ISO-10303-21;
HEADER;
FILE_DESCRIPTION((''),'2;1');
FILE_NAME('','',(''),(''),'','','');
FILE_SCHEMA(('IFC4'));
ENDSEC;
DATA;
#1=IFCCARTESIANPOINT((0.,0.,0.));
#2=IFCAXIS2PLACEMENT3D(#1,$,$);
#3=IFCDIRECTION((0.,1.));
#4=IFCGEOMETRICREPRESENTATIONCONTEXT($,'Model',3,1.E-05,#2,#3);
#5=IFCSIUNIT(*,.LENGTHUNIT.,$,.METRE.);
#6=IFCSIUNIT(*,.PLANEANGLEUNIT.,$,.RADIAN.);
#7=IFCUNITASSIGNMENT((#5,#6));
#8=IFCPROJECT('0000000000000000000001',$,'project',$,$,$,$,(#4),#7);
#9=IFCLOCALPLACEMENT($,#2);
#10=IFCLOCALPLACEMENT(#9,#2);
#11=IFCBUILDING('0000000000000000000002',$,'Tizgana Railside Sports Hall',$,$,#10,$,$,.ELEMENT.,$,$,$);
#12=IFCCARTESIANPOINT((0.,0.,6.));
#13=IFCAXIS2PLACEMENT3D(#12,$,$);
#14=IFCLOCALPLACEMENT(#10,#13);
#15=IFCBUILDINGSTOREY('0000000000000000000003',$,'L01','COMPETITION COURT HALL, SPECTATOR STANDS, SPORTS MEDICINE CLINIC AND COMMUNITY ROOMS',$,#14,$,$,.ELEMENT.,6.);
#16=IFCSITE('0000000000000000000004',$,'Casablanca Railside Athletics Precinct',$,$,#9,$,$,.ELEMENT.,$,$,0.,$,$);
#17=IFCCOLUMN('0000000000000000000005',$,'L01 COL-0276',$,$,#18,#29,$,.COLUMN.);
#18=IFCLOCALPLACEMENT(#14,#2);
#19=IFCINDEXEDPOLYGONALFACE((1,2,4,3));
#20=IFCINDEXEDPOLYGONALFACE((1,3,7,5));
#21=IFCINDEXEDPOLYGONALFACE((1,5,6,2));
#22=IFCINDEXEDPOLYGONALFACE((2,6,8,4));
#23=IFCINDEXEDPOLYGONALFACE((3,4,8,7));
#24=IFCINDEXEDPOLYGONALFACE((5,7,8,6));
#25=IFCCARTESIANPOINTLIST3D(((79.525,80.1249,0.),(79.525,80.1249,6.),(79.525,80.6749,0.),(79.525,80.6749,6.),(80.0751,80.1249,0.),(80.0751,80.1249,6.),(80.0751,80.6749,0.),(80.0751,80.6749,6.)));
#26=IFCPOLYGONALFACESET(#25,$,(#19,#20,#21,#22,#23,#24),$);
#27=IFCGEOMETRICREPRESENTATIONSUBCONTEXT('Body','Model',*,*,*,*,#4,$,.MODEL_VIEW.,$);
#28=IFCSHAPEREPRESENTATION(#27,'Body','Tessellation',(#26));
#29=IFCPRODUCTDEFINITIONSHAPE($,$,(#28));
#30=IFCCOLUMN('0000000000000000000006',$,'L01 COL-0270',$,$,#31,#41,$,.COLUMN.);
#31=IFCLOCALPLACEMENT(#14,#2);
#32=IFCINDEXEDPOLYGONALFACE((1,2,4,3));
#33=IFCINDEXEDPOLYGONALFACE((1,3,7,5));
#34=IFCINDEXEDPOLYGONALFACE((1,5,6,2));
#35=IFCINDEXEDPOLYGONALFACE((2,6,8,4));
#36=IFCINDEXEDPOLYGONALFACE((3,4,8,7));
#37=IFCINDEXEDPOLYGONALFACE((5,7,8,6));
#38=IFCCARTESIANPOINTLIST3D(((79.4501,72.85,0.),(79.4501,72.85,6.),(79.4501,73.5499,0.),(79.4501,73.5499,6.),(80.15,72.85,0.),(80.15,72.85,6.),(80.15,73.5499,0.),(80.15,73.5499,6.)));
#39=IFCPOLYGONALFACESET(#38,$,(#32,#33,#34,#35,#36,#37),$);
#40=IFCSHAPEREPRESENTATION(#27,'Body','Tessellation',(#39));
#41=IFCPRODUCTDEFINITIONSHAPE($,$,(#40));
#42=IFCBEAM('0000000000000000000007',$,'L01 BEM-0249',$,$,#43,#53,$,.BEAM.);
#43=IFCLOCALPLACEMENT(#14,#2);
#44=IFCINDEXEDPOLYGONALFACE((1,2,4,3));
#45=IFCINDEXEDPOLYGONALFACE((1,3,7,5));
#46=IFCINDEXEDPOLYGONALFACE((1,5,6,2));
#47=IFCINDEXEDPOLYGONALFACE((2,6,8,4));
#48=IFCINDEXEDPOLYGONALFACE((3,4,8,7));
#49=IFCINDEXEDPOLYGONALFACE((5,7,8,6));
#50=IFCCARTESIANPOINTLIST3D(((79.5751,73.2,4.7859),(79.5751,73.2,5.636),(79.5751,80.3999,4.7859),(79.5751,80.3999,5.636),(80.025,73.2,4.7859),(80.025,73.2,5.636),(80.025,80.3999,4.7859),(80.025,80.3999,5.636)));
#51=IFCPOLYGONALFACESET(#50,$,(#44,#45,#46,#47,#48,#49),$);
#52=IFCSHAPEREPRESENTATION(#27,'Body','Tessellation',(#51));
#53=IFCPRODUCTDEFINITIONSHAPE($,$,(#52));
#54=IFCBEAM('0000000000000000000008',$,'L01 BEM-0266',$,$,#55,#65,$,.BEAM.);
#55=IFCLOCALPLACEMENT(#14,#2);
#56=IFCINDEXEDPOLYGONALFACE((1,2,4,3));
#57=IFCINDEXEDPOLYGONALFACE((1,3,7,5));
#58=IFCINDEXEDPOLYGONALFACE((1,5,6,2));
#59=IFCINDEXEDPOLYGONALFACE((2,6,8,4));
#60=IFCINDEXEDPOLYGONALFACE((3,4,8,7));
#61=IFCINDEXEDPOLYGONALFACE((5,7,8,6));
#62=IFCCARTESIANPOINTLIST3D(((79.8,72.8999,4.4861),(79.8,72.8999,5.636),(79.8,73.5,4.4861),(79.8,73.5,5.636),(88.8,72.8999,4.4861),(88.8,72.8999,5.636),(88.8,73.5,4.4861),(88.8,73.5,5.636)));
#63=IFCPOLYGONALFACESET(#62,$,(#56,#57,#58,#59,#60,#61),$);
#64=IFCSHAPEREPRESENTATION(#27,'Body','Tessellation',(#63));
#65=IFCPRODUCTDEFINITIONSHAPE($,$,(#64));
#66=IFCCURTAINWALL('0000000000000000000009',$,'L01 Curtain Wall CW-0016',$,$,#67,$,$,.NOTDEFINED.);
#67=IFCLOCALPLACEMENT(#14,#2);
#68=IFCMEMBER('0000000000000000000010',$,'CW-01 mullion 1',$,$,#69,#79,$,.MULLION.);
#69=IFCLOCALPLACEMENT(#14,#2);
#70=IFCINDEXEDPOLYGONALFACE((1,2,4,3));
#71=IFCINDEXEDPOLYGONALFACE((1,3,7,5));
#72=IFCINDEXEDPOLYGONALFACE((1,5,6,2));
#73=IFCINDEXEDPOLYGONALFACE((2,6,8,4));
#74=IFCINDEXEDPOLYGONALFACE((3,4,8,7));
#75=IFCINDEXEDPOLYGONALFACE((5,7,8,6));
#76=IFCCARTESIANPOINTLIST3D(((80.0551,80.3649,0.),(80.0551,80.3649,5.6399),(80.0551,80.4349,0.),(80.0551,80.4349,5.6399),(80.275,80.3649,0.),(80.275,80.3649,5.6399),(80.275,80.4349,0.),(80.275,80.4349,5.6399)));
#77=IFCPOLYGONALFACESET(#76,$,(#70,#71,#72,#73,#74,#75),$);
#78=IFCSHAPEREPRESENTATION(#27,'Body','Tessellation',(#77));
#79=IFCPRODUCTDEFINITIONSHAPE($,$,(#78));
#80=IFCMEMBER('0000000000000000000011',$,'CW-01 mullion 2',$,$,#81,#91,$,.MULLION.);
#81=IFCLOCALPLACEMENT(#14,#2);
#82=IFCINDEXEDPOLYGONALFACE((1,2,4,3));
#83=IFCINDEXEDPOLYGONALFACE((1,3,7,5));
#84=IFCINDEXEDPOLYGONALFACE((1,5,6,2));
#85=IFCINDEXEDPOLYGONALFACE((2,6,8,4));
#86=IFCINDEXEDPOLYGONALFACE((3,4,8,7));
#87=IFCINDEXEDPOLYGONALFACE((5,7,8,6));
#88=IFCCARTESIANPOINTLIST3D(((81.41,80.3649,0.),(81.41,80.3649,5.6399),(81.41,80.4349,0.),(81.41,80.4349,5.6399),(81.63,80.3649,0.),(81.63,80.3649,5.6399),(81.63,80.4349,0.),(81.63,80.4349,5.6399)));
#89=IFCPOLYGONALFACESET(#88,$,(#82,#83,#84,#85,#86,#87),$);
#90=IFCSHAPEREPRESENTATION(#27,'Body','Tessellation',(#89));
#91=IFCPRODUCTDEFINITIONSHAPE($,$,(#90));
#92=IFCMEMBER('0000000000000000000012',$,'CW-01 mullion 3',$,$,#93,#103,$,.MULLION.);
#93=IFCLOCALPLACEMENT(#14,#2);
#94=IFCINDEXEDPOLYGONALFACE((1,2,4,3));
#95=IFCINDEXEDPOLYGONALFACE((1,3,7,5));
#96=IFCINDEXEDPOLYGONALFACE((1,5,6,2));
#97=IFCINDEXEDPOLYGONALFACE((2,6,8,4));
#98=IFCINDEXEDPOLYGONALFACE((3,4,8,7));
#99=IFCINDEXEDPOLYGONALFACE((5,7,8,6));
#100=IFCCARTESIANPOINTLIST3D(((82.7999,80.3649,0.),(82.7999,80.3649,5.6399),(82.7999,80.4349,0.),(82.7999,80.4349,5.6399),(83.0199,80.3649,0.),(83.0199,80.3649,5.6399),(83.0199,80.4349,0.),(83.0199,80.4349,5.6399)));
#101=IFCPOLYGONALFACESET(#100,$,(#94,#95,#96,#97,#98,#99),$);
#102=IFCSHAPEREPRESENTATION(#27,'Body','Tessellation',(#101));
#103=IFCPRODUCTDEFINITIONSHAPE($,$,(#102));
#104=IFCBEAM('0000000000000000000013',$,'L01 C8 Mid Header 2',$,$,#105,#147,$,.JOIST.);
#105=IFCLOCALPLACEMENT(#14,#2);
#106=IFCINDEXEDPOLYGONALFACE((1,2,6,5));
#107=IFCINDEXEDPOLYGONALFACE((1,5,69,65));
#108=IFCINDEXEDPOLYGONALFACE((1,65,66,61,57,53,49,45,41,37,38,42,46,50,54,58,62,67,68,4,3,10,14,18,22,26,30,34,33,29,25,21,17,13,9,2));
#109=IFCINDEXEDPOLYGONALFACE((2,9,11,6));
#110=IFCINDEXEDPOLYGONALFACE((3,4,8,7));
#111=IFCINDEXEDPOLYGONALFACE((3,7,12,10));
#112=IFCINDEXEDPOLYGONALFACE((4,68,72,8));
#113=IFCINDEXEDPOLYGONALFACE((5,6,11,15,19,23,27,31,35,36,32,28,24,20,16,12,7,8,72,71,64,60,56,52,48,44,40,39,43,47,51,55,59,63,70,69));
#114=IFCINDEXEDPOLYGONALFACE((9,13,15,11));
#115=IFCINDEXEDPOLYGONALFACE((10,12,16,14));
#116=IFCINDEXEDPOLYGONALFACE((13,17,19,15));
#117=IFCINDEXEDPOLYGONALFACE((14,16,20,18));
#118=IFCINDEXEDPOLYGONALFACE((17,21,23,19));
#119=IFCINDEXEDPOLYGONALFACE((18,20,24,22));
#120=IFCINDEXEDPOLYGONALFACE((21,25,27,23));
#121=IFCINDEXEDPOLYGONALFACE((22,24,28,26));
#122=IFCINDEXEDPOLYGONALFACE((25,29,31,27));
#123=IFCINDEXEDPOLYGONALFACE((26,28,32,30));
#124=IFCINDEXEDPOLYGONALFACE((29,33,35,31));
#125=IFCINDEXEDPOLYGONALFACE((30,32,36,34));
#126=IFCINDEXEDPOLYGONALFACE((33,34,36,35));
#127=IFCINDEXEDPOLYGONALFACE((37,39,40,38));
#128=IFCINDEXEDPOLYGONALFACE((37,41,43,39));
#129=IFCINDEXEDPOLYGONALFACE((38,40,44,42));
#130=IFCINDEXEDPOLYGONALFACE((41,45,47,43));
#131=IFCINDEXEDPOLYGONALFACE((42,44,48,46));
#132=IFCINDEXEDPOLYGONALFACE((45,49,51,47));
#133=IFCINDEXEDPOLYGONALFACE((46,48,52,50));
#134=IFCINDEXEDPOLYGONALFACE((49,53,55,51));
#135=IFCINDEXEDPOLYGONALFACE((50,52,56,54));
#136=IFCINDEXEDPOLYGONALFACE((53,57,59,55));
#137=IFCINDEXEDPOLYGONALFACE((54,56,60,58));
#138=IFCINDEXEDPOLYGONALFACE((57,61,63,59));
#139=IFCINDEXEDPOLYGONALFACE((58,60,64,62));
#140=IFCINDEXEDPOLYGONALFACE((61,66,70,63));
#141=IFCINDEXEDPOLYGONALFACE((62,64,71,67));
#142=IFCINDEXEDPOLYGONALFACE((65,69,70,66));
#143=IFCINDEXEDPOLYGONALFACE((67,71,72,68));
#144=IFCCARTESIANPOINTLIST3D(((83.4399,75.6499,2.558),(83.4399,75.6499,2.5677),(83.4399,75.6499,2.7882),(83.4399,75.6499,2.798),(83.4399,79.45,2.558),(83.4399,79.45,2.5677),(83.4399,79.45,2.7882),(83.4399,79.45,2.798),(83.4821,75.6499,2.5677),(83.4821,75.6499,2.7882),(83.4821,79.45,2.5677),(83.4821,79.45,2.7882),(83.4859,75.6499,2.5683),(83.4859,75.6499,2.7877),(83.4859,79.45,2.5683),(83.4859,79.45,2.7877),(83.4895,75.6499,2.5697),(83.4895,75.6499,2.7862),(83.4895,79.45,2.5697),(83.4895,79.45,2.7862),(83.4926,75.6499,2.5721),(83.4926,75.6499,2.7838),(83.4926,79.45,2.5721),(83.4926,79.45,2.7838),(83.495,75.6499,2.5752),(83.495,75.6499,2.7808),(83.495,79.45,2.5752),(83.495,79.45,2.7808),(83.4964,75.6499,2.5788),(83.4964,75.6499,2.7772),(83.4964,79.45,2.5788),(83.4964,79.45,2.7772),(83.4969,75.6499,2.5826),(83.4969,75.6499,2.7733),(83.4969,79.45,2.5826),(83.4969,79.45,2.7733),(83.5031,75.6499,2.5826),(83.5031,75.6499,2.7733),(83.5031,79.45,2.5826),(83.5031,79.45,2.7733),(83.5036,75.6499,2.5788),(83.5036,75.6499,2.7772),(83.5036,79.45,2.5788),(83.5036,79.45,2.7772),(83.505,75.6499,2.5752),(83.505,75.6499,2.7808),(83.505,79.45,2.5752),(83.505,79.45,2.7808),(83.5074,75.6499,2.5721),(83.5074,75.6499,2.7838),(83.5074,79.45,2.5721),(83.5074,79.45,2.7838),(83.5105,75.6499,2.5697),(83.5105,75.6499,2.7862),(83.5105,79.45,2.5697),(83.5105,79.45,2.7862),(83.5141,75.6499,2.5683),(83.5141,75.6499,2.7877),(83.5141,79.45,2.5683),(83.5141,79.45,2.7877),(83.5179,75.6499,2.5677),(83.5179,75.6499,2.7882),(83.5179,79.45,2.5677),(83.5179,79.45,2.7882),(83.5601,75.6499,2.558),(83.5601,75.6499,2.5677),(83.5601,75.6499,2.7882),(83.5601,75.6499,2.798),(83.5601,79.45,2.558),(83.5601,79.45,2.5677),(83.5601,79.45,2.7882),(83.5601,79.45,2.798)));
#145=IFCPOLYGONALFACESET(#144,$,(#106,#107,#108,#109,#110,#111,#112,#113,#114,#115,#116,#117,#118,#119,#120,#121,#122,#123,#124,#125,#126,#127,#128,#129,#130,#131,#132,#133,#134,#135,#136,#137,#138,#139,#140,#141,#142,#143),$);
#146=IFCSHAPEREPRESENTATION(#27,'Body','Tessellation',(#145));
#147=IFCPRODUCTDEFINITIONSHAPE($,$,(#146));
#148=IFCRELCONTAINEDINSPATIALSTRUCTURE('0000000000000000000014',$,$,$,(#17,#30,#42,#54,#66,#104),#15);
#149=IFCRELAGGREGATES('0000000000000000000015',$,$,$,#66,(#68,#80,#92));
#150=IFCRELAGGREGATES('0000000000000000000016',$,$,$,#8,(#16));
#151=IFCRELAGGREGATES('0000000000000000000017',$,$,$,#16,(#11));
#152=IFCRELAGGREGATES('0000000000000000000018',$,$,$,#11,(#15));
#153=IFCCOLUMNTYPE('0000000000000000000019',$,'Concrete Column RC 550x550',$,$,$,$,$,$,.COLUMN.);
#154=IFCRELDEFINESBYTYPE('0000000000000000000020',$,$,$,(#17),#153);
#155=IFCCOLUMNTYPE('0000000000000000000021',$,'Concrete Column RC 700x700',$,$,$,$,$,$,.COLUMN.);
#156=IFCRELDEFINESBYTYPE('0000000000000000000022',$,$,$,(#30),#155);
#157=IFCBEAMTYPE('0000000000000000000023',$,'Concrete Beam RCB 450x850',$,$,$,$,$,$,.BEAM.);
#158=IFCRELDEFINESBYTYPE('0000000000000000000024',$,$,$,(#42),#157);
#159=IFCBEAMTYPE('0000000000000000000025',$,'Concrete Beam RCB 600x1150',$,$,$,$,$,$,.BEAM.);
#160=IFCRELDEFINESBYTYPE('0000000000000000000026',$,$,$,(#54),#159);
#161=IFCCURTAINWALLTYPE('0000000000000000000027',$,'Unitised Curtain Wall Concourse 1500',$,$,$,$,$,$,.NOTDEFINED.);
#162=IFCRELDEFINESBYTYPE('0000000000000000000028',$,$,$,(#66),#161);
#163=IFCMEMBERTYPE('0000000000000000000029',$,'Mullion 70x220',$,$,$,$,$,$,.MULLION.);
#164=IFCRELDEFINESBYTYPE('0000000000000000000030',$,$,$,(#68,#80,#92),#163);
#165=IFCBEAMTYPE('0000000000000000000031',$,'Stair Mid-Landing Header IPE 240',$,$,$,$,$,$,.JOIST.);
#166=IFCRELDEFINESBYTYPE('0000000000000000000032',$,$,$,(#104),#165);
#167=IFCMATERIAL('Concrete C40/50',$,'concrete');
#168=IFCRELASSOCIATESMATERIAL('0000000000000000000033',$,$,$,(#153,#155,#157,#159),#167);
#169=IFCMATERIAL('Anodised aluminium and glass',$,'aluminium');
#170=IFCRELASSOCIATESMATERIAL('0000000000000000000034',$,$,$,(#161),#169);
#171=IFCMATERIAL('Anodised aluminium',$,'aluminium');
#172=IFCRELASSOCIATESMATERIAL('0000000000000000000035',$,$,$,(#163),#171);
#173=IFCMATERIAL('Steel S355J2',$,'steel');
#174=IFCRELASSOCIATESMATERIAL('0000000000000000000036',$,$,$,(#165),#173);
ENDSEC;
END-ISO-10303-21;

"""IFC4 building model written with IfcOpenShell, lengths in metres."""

from ifc_helpers import new_model, si_unit, direction, frame, origin, origin_2d, place, context, subcontext, project, spatial, rectangle, i_section, extrude, material, material_profile, profile_set, type_object, element, aggregate, save


model = new_model("IFC4")

# Units and contexts
model_context = context("Model", 3, precision=1e-05, world=origin(), true_north=direction((0.0, 1.0)))
body_context = subcontext(model_context, "Body", "Model", "MODEL_VIEW")
ifc_project = project(units=[si_unit("LENGTHUNIT", "METRE"), si_unit("PLANEANGLEUNIT", "RADIAN")], contexts=[model_context])

# Site, building, storey
site_placement = place(None, origin())
site = spatial("IfcSite", under=ifc_project, at=site_placement, Name="Casablanca Railside Athletics Precinct", CompositionType="ELEMENT", RefElevation=0.0)
building_placement = place(site_placement, origin())
building = spatial("IfcBuilding", under=site, at=building_placement, Name="Tizgana Railside Sports Hall", CompositionType="ELEMENT")
storey_placement = place(building_placement, frame((0.0, 0.0, 6.0)))
storey = spatial("IfcBuildingStorey", under=building, at=storey_placement, Name="L01", Description="COMPETITION COURT HALL, SPECTATOR STANDS, SPORTS MEDICINE CLINIC AND COMMUNITY ROOMS", CompositionType="ELEMENT", Elevation=6.0)

# Columns
ifc_material_1 = material(Name="Concrete C40/50", Category="concrete")
ifc_material_profile_1 = material_profile(ifc_material_1, rectangle(XDim=0.55, YDim=0.55, at=origin_2d()), Name="RC 550x550")
ifc_profile_set_1 = profile_set([ifc_material_profile_1], Name="Concrete C40/50")
column_type_1 = type_object("IfcColumnType", Name="Concrete Column RC 550x550", PredefinedType="COLUMN", material=ifc_profile_set_1)
column_1_placement = place(storey_placement, frame((79.8, 80.3999, 0.0), z_axis=(0.0, 0.0, 1.0), x_axis=(1.0, 0.0, 0.0)))
element("IfcColumn", 1, at=column_1_placement, inside=storey, type_object=column_type_1, Name="L01 COL-0276", PredefinedType="COLUMN", context=body_context, shape_type="SweptSolid", body=[
    extrude(rectangle(XDim=0.55, YDim=0.55, at=origin_2d()), origin(), (0.0, 0.0, 1.0), 6.0),
])
ifc_material_profile_2 = material_profile(ifc_material_1, rectangle(XDim=0.7, YDim=0.7, at=origin_2d()), Name="RC 700x700")
ifc_profile_set_2 = profile_set([ifc_material_profile_2], Name="Concrete C40/50")
column_type_2 = type_object("IfcColumnType", Name="Concrete Column RC 700x700", PredefinedType="COLUMN", material=ifc_profile_set_2)
column_2_placement = place(storey_placement, frame((79.8, 73.2, 0.0), z_axis=(0.0, 0.0, 1.0), x_axis=(1.0, 0.0, 0.0)))
element("IfcColumn", 2, at=column_2_placement, inside=storey, type_object=column_type_2, Name="L01 COL-0270", PredefinedType="COLUMN", context=body_context, shape_type="SweptSolid", body=[
    extrude(rectangle(XDim=0.7, YDim=0.7, at=origin_2d()), origin(), (0.0, 0.0, 1.0), 6.0),
])

# Beams
ifc_material_profile_3 = material_profile(ifc_material_1, rectangle(XDim=0.45, YDim=0.8501, at=origin_2d()), Name="RCB 450x850")
ifc_profile_set_3 = profile_set([ifc_material_profile_3], Name="Concrete C40/50")
beam_type_1 = type_object("IfcBeamType", Name="Concrete Beam RCB 450x850", PredefinedType="BEAM", material=ifc_profile_set_3)
beam_1_placement = place(storey_placement, frame((79.8, 73.2, 5.2109), z_axis=(0.0, 1.0, 0.0), x_axis=(-1.0, 0.0, 0.0)))
element("IfcBeam", 3, at=beam_1_placement, inside=storey, type_object=beam_type_1, Name="L01 BEM-0249", PredefinedType="BEAM", context=body_context, shape_type="SweptSolid", body=[
    extrude(rectangle(XDim=0.45, YDim=0.8501, at=origin_2d()), origin(), (0.0, 0.0, 1.0), 7.2),
])
ifc_material_profile_4 = material_profile(ifc_material_1, rectangle(XDim=0.6001, YDim=1.1499, at=origin_2d()), Name="RCB 600x1150")
ifc_profile_set_4 = profile_set([ifc_material_profile_4], Name="Concrete C40/50")
beam_type_2 = type_object("IfcBeamType", Name="Concrete Beam RCB 600x1150", PredefinedType="BEAM", material=ifc_profile_set_4)
beam_2_placement = place(storey_placement, frame((79.8, 73.2, 5.061), z_axis=(1.0, 0.0, 0.0), x_axis=(0.0, 1.0, 0.0)))
element("IfcBeam", 4, at=beam_2_placement, inside=storey, type_object=beam_type_2, Name="L01 BEM-0266", PredefinedType="BEAM", context=body_context, shape_type="SweptSolid", body=[
    extrude(rectangle(XDim=0.6001, YDim=1.1499, at=origin_2d()), origin(), (0.0, 0.0, 1.0), 9.0),
])

# Curtain wall, members
ifc_material_2 = material(Name="Anodised aluminium and glass", Category="aluminium")
curtain_wall_type = type_object("IfcCurtainWallType", Name="Unitised Curtain Wall Concourse 1500", PredefinedType="NOTDEFINED", material=ifc_material_2)
curtain_wall_placement = place(storey_placement, origin())
curtain_wall = element("IfcCurtainWall", 5, at=curtain_wall_placement, inside=storey, type_object=curtain_wall_type, Name="L01 Curtain Wall CW-0016", PredefinedType="NOTDEFINED")
ifc_material_3 = material(Name="Anodised aluminium", Category="aluminium")
ifc_material_profile_5 = material_profile(ifc_material_3, rectangle(XDim=0.0701, YDim=0.22, at=origin_2d()), Name="Mullion 70x220")
ifc_profile_set_5 = profile_set([ifc_material_profile_5], Name="Anodised aluminium")
member_type_1 = type_object("IfcMemberType", Name="Mullion 70x220", PredefinedType="MULLION", material=ifc_profile_set_5)
member_1_placement = place(storey_placement, frame((80.165, 80.3999, 0.0), z_axis=(0.0, 0.0, 1.0), x_axis=(0.0, 1.0, 0.0)))
member_1 = element("IfcMember", 6, at=member_1_placement, type_object=member_type_1, Name="CW-01 mullion 1", PredefinedType="MULLION", context=body_context, shape_type="SweptSolid", body=[
    extrude(rectangle(XDim=0.0701, YDim=0.22, at=origin_2d()), origin(), (0.0, 0.0, 1.0), 5.6399),
])
member_2_placement = place(storey_placement, frame((81.52, 80.3999, 0.0), z_axis=(0.0, 0.0, 1.0), x_axis=(0.0, 1.0, 0.0)))
member_2 = element("IfcMember", 7, at=member_2_placement, type_object=member_type_1, Name="CW-01 mullion 2", PredefinedType="MULLION", context=body_context, shape_type="SweptSolid", body=[
    extrude(rectangle(XDim=0.0701, YDim=0.22, at=origin_2d()), origin(), (0.0, 0.0, 1.0), 5.6399),
])
member_3_placement = place(storey_placement, frame((82.9099, 80.3999, 0.0), z_axis=(0.0, 0.0, 1.0), x_axis=(0.0, 1.0, 0.0)))
member_3 = element("IfcMember", 8, at=member_3_placement, type_object=member_type_1, Name="CW-01 mullion 3", PredefinedType="MULLION", context=body_context, shape_type="SweptSolid", body=[
    extrude(rectangle(XDim=0.0701, YDim=0.22, at=origin_2d()), origin(), (0.0, 0.0, 1.0), 5.6399),
])

# Beam
ifc_material_4 = material(Name="Steel S355J2", Category="steel")
ifc_material_profile_6 = material_profile(ifc_material_4, i_section(OverallWidth=0.1201, OverallDepth=0.24, WebThickness=0.0061, FlangeThickness=0.0098, FilletRadius=0.0149, at=origin_2d()), Name="IPE 240")
ifc_profile_set_6 = profile_set([ifc_material_profile_6], Name="Steel S355J2")
beam_type_3 = type_object("IfcBeamType", Name="Stair Mid-Landing Header IPE 240", PredefinedType="JOIST", material=ifc_profile_set_6)
beam_3_placement = place(storey_placement, frame((83.5, 75.6499, 2.678), z_axis=(0.0, 1.0, 0.0), x_axis=(-1.0, 0.0, 0.0)))
element("IfcBeam", 9, at=beam_3_placement, inside=storey, type_object=beam_type_3, Name="L01 C8 Mid Header 2", PredefinedType="JOIST", context=body_context, shape_type="SweptSolid", body=[
    extrude(i_section(OverallWidth=0.1201, OverallDepth=0.24, WebThickness=0.0061, FlangeThickness=0.0098, FilletRadius=0.0149, at=origin_2d()), origin(), (0.0, 0.0, 1.0), 3.8),
])

aggregate(curtain_wall, [member_1, member_2, member_3])

save(model, "model.ifc")
